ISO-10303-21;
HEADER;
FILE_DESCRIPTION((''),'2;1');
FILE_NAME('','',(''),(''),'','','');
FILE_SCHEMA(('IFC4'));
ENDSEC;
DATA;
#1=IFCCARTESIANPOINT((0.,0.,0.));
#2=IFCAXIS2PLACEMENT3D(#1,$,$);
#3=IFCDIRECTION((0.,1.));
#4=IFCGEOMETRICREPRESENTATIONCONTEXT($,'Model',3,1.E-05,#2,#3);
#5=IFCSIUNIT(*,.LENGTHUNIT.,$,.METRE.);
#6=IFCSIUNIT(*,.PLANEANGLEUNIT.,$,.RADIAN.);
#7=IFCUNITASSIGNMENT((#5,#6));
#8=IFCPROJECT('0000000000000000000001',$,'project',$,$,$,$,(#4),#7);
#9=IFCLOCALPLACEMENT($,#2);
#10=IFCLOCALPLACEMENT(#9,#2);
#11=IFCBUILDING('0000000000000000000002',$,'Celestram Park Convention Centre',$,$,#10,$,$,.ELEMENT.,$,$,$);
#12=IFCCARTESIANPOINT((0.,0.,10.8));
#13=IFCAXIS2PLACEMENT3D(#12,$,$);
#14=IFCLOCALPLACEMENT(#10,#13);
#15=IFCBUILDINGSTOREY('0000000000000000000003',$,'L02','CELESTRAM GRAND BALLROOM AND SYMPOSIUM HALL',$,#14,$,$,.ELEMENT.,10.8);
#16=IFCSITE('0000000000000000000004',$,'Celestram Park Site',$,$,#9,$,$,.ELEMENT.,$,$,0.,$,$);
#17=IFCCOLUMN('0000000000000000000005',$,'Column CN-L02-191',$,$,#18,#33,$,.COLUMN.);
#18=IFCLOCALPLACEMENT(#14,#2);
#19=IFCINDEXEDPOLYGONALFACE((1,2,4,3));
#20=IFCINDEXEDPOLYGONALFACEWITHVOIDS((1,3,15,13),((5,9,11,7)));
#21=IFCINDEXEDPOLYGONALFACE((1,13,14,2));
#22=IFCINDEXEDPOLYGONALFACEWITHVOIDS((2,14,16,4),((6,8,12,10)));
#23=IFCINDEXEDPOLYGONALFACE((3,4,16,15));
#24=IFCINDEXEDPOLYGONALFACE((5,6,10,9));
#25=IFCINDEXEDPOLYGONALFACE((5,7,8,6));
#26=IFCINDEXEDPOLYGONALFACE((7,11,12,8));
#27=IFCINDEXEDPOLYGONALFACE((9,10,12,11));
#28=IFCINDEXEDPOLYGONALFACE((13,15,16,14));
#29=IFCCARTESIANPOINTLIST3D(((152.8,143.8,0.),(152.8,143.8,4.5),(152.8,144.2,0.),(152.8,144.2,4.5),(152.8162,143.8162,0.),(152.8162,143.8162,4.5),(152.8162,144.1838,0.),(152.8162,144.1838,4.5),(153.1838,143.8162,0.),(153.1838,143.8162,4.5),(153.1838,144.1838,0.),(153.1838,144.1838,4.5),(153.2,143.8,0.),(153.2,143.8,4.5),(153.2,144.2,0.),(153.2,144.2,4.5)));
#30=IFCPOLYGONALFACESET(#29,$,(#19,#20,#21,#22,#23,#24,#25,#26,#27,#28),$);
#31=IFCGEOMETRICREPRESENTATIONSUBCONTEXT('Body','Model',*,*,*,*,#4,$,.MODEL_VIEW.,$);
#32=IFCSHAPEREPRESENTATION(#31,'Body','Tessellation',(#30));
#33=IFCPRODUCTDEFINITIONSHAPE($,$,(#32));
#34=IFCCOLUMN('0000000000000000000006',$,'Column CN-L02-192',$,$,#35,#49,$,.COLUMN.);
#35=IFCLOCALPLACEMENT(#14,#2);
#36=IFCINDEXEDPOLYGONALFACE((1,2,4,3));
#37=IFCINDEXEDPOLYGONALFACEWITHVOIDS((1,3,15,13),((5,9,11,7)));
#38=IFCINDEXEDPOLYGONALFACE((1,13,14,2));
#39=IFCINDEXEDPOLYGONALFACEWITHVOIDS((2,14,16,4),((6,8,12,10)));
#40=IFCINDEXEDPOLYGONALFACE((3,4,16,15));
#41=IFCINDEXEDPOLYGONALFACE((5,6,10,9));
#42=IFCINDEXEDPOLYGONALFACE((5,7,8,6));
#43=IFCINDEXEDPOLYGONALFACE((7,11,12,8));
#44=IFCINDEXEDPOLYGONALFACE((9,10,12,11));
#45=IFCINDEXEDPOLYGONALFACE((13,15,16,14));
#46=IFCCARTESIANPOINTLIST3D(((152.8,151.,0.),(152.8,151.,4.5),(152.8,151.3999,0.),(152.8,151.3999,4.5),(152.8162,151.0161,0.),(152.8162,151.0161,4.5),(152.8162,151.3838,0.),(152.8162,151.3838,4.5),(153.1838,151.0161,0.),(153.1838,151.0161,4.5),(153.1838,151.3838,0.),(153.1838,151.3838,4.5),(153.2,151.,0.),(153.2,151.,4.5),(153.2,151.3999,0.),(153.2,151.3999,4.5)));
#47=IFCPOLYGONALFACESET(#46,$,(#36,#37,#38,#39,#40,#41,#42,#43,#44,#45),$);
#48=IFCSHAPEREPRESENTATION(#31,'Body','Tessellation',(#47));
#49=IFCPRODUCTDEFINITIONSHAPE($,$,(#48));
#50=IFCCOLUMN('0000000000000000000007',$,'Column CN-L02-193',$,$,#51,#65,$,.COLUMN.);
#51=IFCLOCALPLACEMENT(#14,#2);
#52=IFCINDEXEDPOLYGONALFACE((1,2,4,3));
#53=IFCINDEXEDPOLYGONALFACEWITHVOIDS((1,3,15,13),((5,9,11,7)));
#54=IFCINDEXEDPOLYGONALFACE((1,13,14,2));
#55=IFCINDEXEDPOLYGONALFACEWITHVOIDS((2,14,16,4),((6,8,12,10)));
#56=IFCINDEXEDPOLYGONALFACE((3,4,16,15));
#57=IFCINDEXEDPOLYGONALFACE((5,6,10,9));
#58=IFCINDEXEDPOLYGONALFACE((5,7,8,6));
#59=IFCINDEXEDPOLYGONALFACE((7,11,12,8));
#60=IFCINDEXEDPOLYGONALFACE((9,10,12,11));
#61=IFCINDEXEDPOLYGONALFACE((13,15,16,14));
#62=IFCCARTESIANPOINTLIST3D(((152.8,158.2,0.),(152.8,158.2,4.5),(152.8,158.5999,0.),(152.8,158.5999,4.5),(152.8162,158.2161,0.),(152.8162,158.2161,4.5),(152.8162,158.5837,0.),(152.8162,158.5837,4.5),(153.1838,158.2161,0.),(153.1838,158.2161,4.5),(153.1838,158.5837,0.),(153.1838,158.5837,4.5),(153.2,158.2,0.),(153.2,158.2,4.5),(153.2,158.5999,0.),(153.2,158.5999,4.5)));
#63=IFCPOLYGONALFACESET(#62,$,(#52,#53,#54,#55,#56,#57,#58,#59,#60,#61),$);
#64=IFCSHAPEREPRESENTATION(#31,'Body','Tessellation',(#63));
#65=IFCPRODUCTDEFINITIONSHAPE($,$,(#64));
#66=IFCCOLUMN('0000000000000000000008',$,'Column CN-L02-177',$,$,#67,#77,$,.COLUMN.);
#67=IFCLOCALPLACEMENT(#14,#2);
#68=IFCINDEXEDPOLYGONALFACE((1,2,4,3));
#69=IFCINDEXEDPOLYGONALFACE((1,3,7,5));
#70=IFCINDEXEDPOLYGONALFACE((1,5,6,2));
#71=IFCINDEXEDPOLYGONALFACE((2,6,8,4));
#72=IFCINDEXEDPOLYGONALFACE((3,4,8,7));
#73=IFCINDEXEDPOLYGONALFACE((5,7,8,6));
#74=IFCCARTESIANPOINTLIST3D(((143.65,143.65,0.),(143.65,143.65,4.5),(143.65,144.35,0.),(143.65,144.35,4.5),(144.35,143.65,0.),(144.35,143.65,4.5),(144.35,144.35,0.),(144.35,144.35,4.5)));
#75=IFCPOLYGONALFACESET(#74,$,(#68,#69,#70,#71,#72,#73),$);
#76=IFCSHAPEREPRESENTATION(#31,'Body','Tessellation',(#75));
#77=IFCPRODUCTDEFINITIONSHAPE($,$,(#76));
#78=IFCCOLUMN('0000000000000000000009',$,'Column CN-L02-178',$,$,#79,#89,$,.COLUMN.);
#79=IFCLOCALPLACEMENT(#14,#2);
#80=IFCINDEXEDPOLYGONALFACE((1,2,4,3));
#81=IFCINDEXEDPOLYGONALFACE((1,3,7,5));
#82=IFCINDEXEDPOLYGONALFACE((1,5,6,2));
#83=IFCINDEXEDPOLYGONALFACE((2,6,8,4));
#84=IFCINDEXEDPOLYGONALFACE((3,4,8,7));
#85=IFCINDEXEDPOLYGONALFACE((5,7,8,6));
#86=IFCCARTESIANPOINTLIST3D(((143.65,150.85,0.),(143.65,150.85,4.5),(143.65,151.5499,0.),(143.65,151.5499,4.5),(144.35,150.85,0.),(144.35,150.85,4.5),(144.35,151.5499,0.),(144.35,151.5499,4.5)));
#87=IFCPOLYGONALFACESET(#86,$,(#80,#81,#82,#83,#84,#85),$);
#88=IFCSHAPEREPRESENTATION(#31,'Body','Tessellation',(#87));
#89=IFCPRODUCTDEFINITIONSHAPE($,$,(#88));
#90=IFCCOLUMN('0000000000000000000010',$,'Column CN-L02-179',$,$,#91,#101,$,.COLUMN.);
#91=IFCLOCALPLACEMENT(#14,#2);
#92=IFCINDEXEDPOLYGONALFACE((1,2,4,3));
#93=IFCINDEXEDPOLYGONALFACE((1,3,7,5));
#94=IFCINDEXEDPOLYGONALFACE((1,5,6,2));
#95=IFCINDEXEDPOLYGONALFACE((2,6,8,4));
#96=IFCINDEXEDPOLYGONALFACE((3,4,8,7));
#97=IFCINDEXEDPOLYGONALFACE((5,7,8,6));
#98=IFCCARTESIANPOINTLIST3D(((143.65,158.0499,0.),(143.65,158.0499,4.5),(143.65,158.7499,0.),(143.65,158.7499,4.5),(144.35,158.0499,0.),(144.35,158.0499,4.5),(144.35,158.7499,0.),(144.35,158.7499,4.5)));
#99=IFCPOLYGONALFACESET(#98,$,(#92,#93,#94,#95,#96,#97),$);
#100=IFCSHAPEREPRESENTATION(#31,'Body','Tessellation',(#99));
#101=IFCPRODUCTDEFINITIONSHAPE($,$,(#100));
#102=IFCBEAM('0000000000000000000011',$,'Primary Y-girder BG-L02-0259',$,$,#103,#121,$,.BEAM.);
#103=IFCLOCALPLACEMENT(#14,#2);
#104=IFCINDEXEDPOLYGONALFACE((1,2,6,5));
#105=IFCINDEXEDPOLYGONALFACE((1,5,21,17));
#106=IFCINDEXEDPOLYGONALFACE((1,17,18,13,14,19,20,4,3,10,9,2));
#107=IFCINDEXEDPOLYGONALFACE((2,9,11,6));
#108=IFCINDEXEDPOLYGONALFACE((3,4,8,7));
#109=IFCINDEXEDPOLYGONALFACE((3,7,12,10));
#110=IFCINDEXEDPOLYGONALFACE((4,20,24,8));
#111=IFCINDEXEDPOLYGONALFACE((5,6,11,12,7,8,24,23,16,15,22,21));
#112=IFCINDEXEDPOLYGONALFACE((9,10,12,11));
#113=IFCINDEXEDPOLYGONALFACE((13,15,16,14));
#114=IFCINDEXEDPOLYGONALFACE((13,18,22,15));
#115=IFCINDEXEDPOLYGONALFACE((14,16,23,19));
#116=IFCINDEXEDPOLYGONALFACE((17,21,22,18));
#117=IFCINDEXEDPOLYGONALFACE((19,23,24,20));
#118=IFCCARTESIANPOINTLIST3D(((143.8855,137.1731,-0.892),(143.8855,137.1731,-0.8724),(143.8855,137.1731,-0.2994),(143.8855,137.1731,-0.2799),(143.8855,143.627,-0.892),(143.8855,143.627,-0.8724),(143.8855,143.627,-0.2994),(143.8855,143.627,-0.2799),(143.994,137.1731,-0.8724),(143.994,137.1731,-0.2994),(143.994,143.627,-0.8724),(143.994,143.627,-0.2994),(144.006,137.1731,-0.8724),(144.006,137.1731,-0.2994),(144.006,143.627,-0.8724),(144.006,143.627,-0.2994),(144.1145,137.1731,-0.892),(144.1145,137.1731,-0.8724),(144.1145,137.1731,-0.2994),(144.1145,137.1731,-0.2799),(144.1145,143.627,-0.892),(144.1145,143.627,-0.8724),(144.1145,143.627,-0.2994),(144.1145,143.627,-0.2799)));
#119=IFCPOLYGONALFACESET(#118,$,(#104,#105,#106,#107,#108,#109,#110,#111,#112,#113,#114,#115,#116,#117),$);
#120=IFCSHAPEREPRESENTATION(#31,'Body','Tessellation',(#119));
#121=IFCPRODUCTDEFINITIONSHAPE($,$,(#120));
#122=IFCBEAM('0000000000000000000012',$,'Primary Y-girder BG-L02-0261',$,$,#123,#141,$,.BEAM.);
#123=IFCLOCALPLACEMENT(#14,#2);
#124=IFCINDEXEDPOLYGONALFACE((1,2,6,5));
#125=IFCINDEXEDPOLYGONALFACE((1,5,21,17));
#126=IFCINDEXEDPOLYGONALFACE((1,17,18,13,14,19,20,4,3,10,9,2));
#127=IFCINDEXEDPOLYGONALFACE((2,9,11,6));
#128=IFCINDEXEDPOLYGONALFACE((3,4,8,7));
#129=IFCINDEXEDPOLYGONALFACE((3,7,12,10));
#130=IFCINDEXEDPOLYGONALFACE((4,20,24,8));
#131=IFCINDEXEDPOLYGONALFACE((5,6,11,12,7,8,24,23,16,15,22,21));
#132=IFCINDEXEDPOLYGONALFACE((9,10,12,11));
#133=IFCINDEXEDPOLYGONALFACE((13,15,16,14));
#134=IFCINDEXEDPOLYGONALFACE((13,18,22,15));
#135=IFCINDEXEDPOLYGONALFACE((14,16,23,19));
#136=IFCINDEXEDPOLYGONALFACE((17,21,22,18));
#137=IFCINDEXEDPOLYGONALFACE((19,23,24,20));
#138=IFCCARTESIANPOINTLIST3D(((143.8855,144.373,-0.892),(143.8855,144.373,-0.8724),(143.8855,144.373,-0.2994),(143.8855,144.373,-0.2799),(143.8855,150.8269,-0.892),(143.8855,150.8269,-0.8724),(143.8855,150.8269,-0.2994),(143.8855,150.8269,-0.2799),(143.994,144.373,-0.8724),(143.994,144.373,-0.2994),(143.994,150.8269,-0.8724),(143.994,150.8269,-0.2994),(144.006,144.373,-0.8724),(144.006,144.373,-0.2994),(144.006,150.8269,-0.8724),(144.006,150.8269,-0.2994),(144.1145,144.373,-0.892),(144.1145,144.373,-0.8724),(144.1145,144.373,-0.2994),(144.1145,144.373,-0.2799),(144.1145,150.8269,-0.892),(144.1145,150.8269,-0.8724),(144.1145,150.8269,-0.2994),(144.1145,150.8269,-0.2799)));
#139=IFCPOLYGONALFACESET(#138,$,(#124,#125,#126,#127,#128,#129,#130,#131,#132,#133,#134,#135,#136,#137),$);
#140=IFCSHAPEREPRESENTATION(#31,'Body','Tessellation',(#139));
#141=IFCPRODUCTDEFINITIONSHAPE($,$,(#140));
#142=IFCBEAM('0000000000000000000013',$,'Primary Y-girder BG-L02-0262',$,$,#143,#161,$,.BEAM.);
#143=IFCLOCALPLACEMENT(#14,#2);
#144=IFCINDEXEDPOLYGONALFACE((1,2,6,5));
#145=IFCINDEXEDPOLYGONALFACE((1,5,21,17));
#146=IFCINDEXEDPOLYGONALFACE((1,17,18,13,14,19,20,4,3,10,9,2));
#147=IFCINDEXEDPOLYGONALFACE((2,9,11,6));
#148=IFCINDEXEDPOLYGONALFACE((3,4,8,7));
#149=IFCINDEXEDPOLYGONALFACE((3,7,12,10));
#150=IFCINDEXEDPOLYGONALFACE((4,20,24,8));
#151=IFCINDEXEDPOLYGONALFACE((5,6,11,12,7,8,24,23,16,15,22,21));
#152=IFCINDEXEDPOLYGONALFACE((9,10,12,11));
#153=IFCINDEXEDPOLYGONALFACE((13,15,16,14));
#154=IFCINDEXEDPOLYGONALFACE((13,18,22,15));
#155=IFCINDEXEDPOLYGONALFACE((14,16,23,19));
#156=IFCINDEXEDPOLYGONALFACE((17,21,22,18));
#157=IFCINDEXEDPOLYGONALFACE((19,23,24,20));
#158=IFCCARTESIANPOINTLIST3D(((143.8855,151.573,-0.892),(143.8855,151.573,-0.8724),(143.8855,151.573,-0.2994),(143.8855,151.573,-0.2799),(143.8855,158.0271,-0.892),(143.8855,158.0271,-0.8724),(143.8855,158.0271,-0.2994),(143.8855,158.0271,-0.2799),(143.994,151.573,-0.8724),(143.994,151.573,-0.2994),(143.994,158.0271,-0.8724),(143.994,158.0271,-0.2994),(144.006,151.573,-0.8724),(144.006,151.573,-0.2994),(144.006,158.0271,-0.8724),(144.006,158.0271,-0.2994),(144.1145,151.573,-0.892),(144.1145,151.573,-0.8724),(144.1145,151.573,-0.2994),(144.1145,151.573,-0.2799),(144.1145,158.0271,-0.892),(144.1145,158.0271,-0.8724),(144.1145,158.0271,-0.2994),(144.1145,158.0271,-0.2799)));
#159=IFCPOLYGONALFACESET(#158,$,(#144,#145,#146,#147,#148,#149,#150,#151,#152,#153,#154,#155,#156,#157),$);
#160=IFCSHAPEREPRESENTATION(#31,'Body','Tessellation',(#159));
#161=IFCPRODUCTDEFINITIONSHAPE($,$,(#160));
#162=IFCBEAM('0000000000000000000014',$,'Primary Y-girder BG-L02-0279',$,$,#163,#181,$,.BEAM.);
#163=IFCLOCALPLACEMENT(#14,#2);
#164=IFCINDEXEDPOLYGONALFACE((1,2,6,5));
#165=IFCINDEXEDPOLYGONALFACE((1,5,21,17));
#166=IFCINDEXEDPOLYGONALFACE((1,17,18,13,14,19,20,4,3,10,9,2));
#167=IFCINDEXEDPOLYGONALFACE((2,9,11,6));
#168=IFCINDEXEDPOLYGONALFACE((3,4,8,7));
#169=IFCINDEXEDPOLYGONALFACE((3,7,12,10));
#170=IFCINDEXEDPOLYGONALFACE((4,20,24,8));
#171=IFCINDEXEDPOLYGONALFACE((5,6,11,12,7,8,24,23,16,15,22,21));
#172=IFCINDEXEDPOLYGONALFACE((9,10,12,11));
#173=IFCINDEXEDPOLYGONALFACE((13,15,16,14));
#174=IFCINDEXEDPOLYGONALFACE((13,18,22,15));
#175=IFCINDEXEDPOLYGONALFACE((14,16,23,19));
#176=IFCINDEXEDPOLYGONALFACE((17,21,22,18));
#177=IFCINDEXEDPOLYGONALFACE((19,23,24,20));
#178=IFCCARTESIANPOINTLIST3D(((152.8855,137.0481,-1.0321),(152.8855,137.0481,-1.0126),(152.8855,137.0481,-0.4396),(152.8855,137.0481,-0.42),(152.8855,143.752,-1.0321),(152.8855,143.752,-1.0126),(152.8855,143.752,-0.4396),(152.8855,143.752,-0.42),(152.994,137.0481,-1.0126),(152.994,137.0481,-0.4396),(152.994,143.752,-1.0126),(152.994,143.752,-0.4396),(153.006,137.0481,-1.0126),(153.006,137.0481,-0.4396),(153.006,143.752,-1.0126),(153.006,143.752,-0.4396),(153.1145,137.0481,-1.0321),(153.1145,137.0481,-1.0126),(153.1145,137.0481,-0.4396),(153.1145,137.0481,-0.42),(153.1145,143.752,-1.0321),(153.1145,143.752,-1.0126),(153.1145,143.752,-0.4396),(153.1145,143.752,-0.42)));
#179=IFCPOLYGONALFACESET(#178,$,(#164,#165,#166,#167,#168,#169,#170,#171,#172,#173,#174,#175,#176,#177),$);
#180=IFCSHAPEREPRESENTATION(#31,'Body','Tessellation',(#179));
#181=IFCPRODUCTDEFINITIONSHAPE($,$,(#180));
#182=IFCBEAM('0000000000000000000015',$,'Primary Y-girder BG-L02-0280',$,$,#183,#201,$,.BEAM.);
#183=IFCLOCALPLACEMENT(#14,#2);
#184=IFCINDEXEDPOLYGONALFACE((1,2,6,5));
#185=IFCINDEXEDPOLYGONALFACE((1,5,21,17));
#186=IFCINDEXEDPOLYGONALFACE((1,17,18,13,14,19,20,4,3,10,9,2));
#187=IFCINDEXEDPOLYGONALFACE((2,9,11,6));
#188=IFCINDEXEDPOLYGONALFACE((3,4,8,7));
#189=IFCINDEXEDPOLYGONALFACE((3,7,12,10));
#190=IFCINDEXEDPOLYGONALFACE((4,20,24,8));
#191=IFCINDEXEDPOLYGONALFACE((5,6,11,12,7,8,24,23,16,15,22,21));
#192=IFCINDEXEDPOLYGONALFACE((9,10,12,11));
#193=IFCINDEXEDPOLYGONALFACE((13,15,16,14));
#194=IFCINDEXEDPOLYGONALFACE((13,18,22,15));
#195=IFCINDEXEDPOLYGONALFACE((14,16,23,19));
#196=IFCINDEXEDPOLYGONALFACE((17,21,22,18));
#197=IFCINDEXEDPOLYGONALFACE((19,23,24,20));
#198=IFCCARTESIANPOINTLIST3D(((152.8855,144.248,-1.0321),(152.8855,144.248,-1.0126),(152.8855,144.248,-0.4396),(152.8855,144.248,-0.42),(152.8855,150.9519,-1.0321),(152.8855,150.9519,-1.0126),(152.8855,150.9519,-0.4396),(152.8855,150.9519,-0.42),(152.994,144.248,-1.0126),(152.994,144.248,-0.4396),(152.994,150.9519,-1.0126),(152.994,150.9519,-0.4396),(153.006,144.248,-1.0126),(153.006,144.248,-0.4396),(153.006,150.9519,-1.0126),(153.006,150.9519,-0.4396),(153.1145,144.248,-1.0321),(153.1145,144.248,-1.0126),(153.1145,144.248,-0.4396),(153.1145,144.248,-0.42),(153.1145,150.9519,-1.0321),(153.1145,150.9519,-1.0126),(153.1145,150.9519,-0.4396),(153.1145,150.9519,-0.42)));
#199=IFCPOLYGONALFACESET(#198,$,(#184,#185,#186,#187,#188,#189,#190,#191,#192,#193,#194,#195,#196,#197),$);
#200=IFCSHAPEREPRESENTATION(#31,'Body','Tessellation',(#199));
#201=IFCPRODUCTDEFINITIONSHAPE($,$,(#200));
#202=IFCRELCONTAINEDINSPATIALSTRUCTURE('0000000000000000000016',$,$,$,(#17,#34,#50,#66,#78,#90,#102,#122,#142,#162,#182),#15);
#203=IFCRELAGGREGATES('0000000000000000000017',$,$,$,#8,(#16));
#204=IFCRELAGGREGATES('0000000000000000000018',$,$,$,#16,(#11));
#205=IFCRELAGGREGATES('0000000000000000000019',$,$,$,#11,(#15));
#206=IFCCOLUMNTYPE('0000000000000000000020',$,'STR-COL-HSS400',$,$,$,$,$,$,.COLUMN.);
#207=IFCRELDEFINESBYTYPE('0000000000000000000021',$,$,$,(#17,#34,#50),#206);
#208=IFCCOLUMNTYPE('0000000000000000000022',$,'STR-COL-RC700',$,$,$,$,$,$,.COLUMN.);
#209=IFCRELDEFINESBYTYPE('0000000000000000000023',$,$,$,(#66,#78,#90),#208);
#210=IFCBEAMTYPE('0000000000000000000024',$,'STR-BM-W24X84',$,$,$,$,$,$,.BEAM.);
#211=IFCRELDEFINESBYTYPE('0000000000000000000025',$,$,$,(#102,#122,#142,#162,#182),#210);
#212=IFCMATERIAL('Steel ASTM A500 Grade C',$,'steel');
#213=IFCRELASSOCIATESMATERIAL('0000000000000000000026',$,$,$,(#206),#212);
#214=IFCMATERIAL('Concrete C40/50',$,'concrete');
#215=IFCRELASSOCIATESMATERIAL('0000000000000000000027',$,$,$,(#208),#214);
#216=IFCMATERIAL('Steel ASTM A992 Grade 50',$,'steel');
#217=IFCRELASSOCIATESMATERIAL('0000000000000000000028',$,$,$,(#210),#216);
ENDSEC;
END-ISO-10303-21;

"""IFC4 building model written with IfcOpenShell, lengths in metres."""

from ifc_helpers import new_model, si_unit, direction, frame, origin, origin_2d, place, context, subcontext, project, spatial, rectangle, hollow_rectangle, i_section, extrude, material, material_profile, profile_set, type_object, element, save


model = new_model("IFC4")

# Units and contexts
model_context = context("Model", 3, precision=1e-05, world=origin(), true_north=direction((0.0, 1.0)))
body_context = subcontext(model_context, "Body", "Model", "MODEL_VIEW")
ifc_project = project(units=[si_unit("LENGTHUNIT", "METRE"), si_unit("PLANEANGLEUNIT", "RADIAN")], contexts=[model_context])

# Site, building, storey
site_placement = place(None, origin())
site = spatial("IfcSite", under=ifc_project, at=site_placement, Name="Celestram Park Site", CompositionType="ELEMENT", RefElevation=0.0)
building_placement = place(site_placement, origin())
building = spatial("IfcBuilding", under=site, at=building_placement, Name="Celestram Park Convention Centre", CompositionType="ELEMENT")
storey_placement = place(building_placement, frame((0.0, 0.0, 10.8)))
storey = spatial("IfcBuildingStorey", under=building, at=storey_placement, Name="L02", Description="CELESTRAM GRAND BALLROOM AND SYMPOSIUM HALL", CompositionType="ELEMENT", Elevation=10.8)

# Columns
ifc_material_1 = material(Name="Steel ASTM A500 Grade C", Category="steel")
ifc_material_profile_1 = material_profile(ifc_material_1, hollow_rectangle(XDim=0.3999, YDim=0.3999, WallThickness=0.0161, at=origin_2d()), Name="HSS400X400X16")
ifc_profile_set_1 = profile_set([ifc_material_profile_1], Name="Steel ASTM A500 Grade C")
column_type_1 = type_object("IfcColumnType", Name="STR-COL-HSS400", PredefinedType="COLUMN", material=ifc_profile_set_1)
for number, where, z_axis, x_axis, name in (
    (1, (153.0, 144.0, 0.0), (0.0, 0.0, 1.0), (1.0, 0.0, 0.0), "Column CN-L02-191"),
    (2, (153.0, 151.2, 0.0), (0.0, 0.0, 1.0), (1.0, 0.0, 0.0), "Column CN-L02-192"),
    (3, (153.0, 158.3999, 0.0), (0.0, 0.0, 1.0), (1.0, 0.0, 0.0), "Column CN-L02-193"),
):
    element("IfcColumn", number, at=place(storey_placement, frame(where, z_axis=z_axis, x_axis=x_axis)), inside=storey, type_object=column_type_1, Name=name, PredefinedType="COLUMN", context=body_context, shape_type="SweptSolid", body=[
        extrude(hollow_rectangle(XDim=0.3999, YDim=0.3999, WallThickness=0.0161, at=origin_2d()), origin(), (0.0, 0.0, 1.0), 4.5),
    ])
ifc_material_2 = material(Name="Concrete C40/50", Category="concrete")
ifc_material_profile_2 = material_profile(ifc_material_2, rectangle(XDim=0.7, YDim=0.7, at=origin_2d()), Name="RC700X700")
ifc_profile_set_2 = profile_set([ifc_material_profile_2], Name="Concrete C40/50")
column_type_2 = type_object("IfcColumnType", Name="STR-COL-RC700", PredefinedType="COLUMN", material=ifc_profile_set_2)
for number, where, z_axis, x_axis, name in (
    (4, (144.0, 144.0, 0.0), (0.0, 0.0, 1.0), (1.0, 0.0, 0.0), "Column CN-L02-177"),
    (5, (144.0, 151.2, 0.0), (0.0, 0.0, 1.0), (1.0, 0.0, 0.0), "Column CN-L02-178"),
    (6, (144.0, 158.3999, 0.0), (0.0, 0.0, 1.0), (1.0, 0.0, 0.0), "Column CN-L02-179"),
):
    element("IfcColumn", number, at=place(storey_placement, frame(where, z_axis=z_axis, x_axis=x_axis)), inside=storey, type_object=column_type_2, Name=name, PredefinedType="COLUMN", context=body_context, shape_type="SweptSolid", body=[
        extrude(rectangle(XDim=0.7, YDim=0.7, at=origin_2d()), origin(), (0.0, 0.0, 1.0), 4.5),
    ])

# Beams
ifc_material_3 = material(Name="Steel ASTM A992 Grade 50", Category="steel")
ifc_material_profile_3 = material_profile(ifc_material_3, i_section(OverallWidth=0.229, OverallDepth=0.6121, WebThickness=0.012, FlangeThickness=0.0195, at=origin_2d()), Name="W24X84")
ifc_profile_set_3 = profile_set([ifc_material_profile_3], Name="Steel ASTM A992 Grade 50")
beam_type_1 = type_object("IfcBeamType", Name="STR-BM-W24X84", PredefinedType="BEAM", material=ifc_profile_set_3)
for number, where, z_axis, x_axis, name in (
    (7, (144.0, 137.1731, -0.5859), (0.0, 1.0, 0.0), (-1.0, 0.0, 0.0), "Primary Y-girder BG-L02-0259"),
    (8, (144.0, 144.373, -0.5859), (0.0, 1.0, 0.0), (-1.0, 0.0, 0.0), "Primary Y-girder BG-L02-0261"),
):
    element("IfcBeam", number, at=place(storey_placement, frame(where, z_axis=z_axis, x_axis=x_axis)), inside=storey, type_object=beam_type_1, Name=name, PredefinedType="BEAM", context=body_context, shape_type="SweptSolid", body=[
        extrude(i_section(OverallWidth=0.229, OverallDepth=0.6121, WebThickness=0.012, FlangeThickness=0.0195, at=origin_2d()), origin(), (0.0, 0.0, 1.0), 6.4539),
    ])
beam_1_placement = place(storey_placement, frame((144.0, 151.573, -0.5859), z_axis=(0.0, 1.0, 0.0), x_axis=(-1.0, 0.0, 0.0)))
element("IfcBeam", 9, at=beam_1_placement, inside=storey, type_object=beam_type_1, Name="Primary Y-girder BG-L02-0262", PredefinedType="BEAM", context=body_context, shape_type="SweptSolid", body=[
    extrude(i_section(OverallWidth=0.229, OverallDepth=0.6121, WebThickness=0.012, FlangeThickness=0.0195, at=origin_2d()), origin(), (0.0, 0.0, 1.0), 6.4541),
])
for number, where, z_axis, x_axis, name in (
    (10, (153.0, 137.0481, -0.7261), (0.0, 1.0, 0.0), (-1.0, 0.0, 0.0), "Primary Y-girder BG-L02-0279"),
    (11, (153.0, 144.248, -0.7261), (0.0, 1.0, 0.0), (-1.0, 0.0, 0.0), "Primary Y-girder BG-L02-0280"),
):
    element("IfcBeam", number, at=place(storey_placement, frame(where, z_axis=z_axis, x_axis=x_axis)), inside=storey, type_object=beam_type_1, Name=name, PredefinedType="BEAM", context=body_context, shape_type="SweptSolid", body=[
        extrude(i_section(OverallWidth=0.229, OverallDepth=0.6121, WebThickness=0.012, FlangeThickness=0.0195, at=origin_2d()), origin(), (0.0, 0.0, 1.0), 6.7039),
    ])

save(model, "model.ifc")
